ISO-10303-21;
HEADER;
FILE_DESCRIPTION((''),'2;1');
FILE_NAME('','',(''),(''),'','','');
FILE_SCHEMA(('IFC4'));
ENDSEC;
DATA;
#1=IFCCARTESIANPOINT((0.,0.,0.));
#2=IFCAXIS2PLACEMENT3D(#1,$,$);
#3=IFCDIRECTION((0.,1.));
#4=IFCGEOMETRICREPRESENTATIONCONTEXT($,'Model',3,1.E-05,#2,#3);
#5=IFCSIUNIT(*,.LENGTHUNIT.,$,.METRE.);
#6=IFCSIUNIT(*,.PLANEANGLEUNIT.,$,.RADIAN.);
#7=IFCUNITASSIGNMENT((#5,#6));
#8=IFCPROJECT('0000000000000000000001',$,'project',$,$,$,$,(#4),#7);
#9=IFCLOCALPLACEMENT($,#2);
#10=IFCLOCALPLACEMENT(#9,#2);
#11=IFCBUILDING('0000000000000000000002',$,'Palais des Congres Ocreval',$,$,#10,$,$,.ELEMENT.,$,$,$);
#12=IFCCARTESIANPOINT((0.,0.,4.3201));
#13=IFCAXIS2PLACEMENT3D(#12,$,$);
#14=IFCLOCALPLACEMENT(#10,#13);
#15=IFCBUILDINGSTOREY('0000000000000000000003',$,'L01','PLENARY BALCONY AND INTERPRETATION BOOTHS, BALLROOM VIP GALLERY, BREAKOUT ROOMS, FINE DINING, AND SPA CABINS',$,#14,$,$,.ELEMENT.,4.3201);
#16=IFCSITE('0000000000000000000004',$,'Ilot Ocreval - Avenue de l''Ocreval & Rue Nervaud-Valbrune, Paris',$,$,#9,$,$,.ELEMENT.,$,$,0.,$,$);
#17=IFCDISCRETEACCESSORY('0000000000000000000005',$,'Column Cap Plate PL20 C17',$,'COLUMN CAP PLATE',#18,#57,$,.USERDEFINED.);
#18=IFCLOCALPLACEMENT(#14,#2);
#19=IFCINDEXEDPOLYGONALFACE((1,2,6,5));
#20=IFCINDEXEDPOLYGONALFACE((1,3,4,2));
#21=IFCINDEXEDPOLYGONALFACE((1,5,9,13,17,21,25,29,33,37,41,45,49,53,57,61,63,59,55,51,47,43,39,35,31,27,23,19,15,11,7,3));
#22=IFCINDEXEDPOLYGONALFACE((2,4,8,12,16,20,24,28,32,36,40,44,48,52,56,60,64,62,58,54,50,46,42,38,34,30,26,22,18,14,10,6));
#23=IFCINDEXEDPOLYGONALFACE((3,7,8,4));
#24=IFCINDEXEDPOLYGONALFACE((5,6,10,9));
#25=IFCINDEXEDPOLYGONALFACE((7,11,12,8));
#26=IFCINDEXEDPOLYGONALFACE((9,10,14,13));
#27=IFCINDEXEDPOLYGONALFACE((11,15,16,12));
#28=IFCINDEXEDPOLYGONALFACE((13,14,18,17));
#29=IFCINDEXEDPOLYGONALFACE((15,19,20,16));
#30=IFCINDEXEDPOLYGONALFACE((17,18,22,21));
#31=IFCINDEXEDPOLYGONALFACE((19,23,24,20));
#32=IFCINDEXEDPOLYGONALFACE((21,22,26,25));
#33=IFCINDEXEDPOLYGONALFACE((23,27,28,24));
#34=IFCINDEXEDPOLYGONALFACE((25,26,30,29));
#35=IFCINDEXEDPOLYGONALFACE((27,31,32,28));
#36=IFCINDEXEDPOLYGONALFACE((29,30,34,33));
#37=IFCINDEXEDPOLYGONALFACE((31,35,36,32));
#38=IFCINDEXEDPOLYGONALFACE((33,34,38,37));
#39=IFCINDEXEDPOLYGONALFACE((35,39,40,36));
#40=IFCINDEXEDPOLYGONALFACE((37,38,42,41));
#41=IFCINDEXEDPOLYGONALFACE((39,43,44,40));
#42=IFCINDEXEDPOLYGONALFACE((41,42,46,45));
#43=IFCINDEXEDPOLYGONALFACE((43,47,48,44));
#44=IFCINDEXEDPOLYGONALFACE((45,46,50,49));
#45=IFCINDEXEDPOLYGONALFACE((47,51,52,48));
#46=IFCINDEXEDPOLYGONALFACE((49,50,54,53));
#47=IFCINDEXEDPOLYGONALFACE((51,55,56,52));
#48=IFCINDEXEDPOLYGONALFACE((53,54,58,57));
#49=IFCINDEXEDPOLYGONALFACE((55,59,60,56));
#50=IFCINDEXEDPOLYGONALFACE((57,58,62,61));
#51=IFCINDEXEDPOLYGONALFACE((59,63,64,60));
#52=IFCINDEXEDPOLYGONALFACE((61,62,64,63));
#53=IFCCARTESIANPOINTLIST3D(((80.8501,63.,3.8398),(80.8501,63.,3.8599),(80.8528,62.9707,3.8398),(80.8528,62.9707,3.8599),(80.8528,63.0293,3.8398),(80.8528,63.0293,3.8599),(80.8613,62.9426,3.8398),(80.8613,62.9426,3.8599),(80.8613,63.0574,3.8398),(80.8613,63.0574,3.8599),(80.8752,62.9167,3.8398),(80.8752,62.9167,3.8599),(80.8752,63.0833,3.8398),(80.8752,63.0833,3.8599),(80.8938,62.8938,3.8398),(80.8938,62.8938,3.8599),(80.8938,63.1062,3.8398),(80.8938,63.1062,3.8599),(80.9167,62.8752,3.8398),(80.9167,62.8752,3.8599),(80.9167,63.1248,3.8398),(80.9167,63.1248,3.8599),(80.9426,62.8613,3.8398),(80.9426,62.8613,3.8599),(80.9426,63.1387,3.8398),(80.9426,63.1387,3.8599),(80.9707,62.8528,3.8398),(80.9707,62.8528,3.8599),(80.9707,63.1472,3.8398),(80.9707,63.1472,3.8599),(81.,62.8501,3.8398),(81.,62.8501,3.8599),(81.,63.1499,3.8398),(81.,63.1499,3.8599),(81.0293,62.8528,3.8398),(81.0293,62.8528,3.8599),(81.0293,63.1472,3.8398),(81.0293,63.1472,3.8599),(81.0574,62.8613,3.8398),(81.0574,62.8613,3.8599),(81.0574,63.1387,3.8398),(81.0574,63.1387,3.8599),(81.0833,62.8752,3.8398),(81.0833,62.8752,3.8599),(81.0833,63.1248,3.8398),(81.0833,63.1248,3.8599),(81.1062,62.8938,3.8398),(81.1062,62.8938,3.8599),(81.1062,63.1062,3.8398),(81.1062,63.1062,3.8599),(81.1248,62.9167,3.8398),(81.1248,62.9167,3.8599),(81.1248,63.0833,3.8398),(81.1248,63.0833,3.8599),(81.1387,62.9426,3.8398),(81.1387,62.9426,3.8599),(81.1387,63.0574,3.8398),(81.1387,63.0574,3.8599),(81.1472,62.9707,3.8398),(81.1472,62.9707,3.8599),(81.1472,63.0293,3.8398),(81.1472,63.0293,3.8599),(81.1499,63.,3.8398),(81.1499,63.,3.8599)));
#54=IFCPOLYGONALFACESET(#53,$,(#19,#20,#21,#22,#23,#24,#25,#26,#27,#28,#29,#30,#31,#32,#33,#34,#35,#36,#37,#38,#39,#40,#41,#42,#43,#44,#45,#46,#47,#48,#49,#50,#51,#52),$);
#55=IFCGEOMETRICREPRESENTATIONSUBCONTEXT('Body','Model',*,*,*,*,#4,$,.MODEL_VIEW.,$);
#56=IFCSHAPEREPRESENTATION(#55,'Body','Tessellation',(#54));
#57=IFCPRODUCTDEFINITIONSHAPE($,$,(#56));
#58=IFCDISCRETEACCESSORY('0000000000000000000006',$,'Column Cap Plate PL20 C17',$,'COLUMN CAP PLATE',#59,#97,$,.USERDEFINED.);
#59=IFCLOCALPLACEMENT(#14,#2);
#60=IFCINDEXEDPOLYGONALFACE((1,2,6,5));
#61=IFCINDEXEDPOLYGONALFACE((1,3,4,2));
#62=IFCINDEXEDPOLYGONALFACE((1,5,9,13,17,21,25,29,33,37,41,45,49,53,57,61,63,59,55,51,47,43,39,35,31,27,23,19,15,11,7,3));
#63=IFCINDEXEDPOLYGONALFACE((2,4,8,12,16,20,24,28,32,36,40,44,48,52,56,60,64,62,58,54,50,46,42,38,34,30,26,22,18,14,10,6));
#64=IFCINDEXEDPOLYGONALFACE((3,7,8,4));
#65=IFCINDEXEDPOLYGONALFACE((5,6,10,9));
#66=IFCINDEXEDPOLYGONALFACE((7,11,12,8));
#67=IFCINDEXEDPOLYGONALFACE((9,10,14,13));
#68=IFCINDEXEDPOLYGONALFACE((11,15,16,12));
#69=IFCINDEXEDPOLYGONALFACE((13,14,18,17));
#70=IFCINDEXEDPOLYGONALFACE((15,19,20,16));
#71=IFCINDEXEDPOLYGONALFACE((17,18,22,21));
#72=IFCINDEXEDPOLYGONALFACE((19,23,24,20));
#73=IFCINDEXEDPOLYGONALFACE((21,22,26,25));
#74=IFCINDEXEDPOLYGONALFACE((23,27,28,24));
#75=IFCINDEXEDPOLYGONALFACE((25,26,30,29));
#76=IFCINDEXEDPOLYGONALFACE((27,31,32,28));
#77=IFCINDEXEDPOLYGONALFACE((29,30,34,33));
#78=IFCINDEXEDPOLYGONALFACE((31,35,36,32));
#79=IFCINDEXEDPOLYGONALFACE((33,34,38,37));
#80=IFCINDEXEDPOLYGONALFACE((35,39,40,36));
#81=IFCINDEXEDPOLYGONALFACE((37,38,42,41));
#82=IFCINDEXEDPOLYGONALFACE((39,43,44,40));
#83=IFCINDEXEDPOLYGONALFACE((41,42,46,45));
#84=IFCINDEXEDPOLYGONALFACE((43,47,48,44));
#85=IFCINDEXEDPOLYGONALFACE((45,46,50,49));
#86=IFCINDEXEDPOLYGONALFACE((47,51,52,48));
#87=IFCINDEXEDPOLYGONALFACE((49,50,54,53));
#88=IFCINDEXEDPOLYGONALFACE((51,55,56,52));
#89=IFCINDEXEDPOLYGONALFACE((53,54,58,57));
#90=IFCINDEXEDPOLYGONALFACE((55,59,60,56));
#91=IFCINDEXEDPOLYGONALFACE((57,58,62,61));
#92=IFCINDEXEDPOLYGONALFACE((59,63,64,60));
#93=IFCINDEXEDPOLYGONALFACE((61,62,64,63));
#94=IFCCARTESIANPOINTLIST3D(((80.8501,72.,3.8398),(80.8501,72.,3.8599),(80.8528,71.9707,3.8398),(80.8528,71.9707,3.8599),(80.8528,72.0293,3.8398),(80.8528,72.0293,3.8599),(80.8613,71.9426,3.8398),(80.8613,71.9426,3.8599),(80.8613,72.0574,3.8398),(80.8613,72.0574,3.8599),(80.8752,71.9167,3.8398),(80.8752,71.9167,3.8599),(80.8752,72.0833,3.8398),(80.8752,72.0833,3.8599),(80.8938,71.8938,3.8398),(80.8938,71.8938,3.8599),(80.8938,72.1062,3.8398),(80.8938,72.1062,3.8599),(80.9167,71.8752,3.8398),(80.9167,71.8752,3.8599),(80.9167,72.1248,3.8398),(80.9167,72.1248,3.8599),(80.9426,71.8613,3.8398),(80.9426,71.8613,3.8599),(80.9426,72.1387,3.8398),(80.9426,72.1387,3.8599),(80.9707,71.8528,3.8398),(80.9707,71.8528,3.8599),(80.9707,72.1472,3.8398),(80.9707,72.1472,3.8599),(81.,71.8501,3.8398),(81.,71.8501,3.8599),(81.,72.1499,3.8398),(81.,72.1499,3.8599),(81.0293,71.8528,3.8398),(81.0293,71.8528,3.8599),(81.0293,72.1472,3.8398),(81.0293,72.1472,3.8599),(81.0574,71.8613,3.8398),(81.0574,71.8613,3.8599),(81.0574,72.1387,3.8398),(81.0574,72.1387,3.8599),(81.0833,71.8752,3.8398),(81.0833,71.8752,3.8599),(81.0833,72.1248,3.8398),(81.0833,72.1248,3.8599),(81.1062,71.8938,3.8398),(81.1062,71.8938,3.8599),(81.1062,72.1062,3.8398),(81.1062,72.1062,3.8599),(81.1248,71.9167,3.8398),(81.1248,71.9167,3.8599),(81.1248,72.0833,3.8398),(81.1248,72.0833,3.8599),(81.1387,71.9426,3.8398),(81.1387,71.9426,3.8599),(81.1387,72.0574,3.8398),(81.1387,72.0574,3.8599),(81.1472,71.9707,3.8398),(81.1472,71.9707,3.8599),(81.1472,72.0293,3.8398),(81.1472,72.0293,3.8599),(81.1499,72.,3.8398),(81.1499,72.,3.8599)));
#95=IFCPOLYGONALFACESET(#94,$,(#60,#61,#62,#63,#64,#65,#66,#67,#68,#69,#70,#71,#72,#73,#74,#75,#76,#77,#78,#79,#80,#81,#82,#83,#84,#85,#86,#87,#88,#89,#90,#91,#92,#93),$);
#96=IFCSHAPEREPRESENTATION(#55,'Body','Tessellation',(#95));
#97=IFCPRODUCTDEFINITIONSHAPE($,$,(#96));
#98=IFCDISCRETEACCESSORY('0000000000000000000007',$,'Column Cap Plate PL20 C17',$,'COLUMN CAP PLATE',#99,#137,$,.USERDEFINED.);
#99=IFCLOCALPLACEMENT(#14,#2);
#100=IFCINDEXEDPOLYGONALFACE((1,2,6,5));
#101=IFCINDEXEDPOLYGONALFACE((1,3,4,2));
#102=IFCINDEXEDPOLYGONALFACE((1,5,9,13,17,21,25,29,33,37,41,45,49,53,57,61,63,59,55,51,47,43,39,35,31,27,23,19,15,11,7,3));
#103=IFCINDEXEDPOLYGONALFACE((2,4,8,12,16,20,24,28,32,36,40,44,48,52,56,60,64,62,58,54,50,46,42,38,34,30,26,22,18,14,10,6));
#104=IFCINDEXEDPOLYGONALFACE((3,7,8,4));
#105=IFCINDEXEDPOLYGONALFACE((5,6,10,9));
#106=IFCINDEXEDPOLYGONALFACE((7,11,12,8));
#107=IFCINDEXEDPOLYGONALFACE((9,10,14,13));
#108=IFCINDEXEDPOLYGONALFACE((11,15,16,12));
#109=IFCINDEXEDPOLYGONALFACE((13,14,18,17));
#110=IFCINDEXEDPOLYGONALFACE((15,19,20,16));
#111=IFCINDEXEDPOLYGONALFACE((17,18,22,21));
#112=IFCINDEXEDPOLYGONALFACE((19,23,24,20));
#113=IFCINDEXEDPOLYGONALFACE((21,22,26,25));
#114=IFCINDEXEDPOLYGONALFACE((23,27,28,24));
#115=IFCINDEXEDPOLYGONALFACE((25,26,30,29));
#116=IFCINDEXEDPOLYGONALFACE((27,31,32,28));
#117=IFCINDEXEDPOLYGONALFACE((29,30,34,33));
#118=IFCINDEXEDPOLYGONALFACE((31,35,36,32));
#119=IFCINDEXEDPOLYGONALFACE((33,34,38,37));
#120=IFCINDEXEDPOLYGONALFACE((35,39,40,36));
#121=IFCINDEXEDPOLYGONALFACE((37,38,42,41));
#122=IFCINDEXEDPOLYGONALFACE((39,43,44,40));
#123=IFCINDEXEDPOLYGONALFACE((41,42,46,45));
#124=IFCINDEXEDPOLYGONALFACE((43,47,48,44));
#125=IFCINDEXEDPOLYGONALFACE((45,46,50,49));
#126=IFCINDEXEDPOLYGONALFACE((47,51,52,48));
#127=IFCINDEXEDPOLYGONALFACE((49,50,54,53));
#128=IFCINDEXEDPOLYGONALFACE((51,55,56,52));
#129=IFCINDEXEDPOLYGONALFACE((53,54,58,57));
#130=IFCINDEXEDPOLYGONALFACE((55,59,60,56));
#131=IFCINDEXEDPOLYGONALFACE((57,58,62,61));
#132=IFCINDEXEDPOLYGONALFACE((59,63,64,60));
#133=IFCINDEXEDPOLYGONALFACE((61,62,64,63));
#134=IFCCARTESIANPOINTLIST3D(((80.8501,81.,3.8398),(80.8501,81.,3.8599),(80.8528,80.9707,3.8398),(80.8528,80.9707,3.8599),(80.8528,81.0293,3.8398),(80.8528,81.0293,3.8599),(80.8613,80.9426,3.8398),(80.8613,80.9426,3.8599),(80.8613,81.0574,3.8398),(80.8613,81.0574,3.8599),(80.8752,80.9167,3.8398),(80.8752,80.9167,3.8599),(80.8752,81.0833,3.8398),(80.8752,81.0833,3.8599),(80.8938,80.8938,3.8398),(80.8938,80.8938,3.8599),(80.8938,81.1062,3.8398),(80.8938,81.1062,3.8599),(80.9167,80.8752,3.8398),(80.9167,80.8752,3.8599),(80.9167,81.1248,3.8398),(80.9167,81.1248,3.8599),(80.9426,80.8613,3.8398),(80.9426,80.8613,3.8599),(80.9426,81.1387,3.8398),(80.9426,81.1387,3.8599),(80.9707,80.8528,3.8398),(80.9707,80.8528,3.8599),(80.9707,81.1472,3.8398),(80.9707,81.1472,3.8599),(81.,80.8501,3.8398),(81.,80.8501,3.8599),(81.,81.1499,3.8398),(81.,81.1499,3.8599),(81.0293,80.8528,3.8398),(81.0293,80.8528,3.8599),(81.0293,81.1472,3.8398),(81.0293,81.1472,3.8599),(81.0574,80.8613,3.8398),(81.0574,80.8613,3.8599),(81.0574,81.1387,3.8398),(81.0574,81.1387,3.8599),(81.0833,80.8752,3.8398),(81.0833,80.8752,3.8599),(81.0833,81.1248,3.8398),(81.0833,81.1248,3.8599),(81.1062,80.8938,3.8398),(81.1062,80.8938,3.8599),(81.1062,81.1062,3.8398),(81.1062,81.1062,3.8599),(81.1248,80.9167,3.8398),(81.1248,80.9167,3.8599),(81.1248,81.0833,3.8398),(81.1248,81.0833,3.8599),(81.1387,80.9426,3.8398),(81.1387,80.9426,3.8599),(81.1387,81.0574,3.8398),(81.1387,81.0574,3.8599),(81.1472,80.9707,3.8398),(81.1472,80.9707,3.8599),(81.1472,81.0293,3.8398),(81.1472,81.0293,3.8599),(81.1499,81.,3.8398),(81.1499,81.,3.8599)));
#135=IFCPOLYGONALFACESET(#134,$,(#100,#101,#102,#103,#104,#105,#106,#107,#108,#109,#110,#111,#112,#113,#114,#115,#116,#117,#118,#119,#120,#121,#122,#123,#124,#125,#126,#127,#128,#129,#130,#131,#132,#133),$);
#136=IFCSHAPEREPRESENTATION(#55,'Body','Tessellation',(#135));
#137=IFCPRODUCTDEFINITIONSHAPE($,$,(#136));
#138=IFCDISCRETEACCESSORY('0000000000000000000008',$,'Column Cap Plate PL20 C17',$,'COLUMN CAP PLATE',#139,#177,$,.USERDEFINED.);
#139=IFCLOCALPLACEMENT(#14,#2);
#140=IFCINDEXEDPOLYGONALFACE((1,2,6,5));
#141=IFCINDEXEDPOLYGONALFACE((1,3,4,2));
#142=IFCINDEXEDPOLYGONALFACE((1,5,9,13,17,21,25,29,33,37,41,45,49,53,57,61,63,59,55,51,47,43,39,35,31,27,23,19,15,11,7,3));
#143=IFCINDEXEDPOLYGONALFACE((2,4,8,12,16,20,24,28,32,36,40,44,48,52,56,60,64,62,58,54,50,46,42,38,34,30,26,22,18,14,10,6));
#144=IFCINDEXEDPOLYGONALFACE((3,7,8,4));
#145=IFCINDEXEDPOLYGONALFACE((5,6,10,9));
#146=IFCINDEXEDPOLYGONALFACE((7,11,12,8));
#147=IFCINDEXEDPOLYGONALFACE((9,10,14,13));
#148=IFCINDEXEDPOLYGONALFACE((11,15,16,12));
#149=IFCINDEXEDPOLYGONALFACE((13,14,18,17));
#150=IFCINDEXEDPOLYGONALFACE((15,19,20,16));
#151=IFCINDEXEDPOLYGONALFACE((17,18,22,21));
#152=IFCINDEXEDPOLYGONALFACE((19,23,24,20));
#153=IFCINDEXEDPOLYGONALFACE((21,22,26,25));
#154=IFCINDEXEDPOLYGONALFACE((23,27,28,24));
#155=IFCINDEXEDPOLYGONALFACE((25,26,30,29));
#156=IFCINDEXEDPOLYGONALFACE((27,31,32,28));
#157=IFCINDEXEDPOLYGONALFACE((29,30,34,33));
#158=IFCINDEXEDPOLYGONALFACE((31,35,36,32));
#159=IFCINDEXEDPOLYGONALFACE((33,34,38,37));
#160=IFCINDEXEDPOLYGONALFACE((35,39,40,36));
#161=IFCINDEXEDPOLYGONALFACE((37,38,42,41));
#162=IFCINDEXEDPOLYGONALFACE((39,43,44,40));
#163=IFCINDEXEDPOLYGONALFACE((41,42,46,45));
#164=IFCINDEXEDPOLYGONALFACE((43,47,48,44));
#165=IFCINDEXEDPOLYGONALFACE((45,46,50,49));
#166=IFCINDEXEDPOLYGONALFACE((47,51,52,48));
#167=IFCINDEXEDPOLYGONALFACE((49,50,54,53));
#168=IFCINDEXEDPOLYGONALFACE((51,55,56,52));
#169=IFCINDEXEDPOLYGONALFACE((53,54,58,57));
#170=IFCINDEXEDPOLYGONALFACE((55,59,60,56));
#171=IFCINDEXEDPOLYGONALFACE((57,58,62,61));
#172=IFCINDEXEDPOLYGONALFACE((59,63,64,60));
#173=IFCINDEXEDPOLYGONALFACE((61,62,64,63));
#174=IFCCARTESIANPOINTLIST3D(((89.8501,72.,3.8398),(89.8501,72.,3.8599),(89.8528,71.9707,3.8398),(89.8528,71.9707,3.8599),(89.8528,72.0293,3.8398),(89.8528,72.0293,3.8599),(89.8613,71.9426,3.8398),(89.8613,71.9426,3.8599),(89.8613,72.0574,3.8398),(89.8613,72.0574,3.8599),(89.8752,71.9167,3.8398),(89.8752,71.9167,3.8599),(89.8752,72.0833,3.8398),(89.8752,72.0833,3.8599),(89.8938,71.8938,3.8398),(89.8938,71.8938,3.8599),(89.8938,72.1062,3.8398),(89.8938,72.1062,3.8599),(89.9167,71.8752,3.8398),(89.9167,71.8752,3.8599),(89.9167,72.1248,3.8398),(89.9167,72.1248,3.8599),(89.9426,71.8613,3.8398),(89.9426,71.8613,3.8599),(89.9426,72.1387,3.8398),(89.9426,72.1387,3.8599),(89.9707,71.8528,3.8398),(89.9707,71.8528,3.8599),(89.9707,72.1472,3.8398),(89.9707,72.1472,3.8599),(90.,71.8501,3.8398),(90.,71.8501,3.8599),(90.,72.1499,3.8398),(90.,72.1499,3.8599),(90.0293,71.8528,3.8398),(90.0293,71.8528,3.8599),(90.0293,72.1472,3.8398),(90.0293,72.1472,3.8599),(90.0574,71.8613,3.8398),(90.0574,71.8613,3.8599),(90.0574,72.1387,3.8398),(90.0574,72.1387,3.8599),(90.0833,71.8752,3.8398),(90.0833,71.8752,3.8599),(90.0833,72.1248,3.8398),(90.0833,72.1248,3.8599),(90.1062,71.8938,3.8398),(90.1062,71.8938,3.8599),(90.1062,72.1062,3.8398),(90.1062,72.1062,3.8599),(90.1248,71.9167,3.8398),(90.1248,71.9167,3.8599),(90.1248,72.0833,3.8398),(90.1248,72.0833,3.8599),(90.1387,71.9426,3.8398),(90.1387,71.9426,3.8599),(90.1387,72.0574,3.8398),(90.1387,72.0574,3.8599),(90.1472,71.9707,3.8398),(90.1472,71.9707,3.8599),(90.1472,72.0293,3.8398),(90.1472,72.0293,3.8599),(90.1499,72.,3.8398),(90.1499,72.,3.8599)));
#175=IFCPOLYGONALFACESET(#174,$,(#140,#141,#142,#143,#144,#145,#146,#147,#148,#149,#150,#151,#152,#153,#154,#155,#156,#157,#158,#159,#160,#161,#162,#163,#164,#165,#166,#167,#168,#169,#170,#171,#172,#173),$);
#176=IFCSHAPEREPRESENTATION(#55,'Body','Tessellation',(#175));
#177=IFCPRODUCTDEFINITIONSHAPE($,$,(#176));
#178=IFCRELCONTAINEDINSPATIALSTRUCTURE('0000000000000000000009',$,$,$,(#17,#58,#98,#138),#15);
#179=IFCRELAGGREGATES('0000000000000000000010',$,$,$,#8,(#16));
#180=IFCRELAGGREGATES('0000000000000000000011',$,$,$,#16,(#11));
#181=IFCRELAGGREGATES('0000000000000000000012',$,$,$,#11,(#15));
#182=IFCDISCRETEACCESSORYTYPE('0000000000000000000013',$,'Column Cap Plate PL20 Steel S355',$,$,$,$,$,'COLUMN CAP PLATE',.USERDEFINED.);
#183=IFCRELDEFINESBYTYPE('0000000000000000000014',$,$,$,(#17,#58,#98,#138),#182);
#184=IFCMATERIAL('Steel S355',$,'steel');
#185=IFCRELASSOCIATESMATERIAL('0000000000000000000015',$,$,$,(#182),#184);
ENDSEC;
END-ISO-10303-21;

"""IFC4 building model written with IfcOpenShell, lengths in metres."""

from ifc_helpers import new_model, si_unit, direction, frame, origin, place, context, subcontext, project, spatial, polyline, outline, extrude, material, type_object, element, save


model = new_model("IFC4")

# Units and contexts
model_context = context("Model", 3, precision=1e-05, world=origin(), true_north=direction((0.0, 1.0)))
body_context = subcontext(model_context, "Body", "Model", "MODEL_VIEW")
ifc_project = project(units=[si_unit("LENGTHUNIT", "METRE"), si_unit("PLANEANGLEUNIT", "RADIAN")], contexts=[model_context])

# Site, building, storey
site_placement = place(None, origin())
site = spatial("IfcSite", under=ifc_project, at=site_placement, Name="Ilot Ocreval - Avenue de l'Ocreval & Rue Nervaud-Valbrune, Paris", CompositionType="ELEMENT", RefElevation=0.0)
building_placement = place(site_placement, origin())
building = spatial("IfcBuilding", under=site, at=building_placement, Name="Palais des Congres Ocreval", CompositionType="ELEMENT")
storey_placement = place(building_placement, frame((0.0, 0.0, 4.3201)))
storey = spatial("IfcBuildingStorey", under=building, at=storey_placement, Name="L01", Description="PLENARY BALCONY AND INTERPRETATION BOOTHS, BALLROOM VIP GALLERY, BREAKOUT ROOMS, FINE DINING, AND SPA CABINS", CompositionType="ELEMENT", Elevation=4.3201)

# Discrete accessories
ifc_material = material(Name="Steel S355", Category="steel")
discrete_accessory_type = type_object("IfcDiscreteAccessoryType", Name="Column Cap Plate PL20 Steel S355", ElementType="COLUMN CAP PLATE", PredefinedType="USERDEFINED", material=ifc_material)
discrete_accessory_1_placement = place(storey_placement, frame((0.0, 0.0, 3.8398)))
element("IfcDiscreteAccessory", 1, at=discrete_accessory_1_placement, inside=storey, type_object=discrete_accessory_type, Name="Column Cap Plate PL20 C17", ObjectType="COLUMN CAP PLATE", PredefinedType="USERDEFINED", context=body_context, shape_type="SweptSolid", body=[
    extrude(outline(polyline([(81.1499, 63.0), (81.1472, 63.0293), (81.1387, 63.0574), (81.1248, 63.0833), (81.1062, 63.1062), (81.0833, 63.1248), (81.0574, 63.1387), (81.0293, 63.1472), (81.0, 63.1499), (80.9707, 63.1472), (80.9426, 63.1387), (80.9167, 63.1248), (80.8938, 63.1062), (80.8752, 63.0833), (80.8613, 63.0574), (80.8528, 63.0293), (80.8501, 63.0), (80.8528, 62.9707), (80.8613, 62.9426), (80.8752, 62.9167), (80.8938, 62.8938), (80.9167, 62.8752), (80.9426, 62.8613), (80.9707, 62.8528), (81.0, 62.8501), (81.0293, 62.8528), (81.0574, 62.8613), (81.0833, 62.8752), (81.1062, 62.8938), (81.1248, 62.9167), (81.1387, 62.9426), (81.1472, 62.9707), (81.1499, 63.0)])), origin(), (0.0, 0.0, 1.0), 0.02),
])
discrete_accessory_2_placement = place(storey_placement, frame((0.0, 0.0, 3.8398)))
element("IfcDiscreteAccessory", 2, at=discrete_accessory_2_placement, inside=storey, type_object=discrete_accessory_type, Name="Column Cap Plate PL20 C17", ObjectType="COLUMN CAP PLATE", PredefinedType="USERDEFINED", context=body_context, shape_type="SweptSolid", body=[
    extrude(outline(polyline([(81.1499, 72.0), (81.1472, 72.0293), (81.1387, 72.0574), (81.1248, 72.0833), (81.1062, 72.1062), (81.0833, 72.1248), (81.0574, 72.1387), (81.0293, 72.1472), (81.0, 72.1499), (80.9707, 72.1472), (80.9426, 72.1387), (80.9167, 72.1248), (80.8938, 72.1062), (80.8752, 72.0833), (80.8613, 72.0574), (80.8528, 72.0293), (80.8501, 72.0), (80.8528, 71.9707), (80.8613, 71.9426), (80.8752, 71.9167), (80.8938, 71.8938), (80.9167, 71.8752), (80.9426, 71.8613), (80.9707, 71.8528), (81.0, 71.8501), (81.0293, 71.8528), (81.0574, 71.8613), (81.0833, 71.8752), (81.1062, 71.8938), (81.1248, 71.9167), (81.1387, 71.9426), (81.1472, 71.9707), (81.1499, 72.0)])), origin(), (0.0, 0.0, 1.0), 0.02),
])
discrete_accessory_3_placement = place(storey_placement, frame((0.0, 0.0, 3.8398)))
element("IfcDiscreteAccessory", 3, at=discrete_accessory_3_placement, inside=storey, type_object=discrete_accessory_type, Name="Column Cap Plate PL20 C17", ObjectType="COLUMN CAP PLATE", PredefinedType="USERDEFINED", context=body_context, shape_type="SweptSolid", body=[
    extrude(outline(polyline([(81.1499, 81.0), (81.1472, 81.0293), (81.1387, 81.0574), (81.1248, 81.0833), (81.1062, 81.1062), (81.0833, 81.1248), (81.0574, 81.1387), (81.0293, 81.1472), (81.0, 81.1499), (80.9707, 81.1472), (80.9426, 81.1387), (80.9167, 81.1248), (80.8938, 81.1062), (80.8752, 81.0833), (80.8613, 81.0574), (80.8528, 81.0293), (80.8501, 81.0), (80.8528, 80.9707), (80.8613, 80.9426), (80.8752, 80.9167), (80.8938, 80.8938), (80.9167, 80.8752), (80.9426, 80.8613), (80.9707, 80.8528), (81.0, 80.8501), (81.0293, 80.8528), (81.0574, 80.8613), (81.0833, 80.8752), (81.1062, 80.8938), (81.1248, 80.9167), (81.1387, 80.9426), (81.1472, 80.9707), (81.1499, 81.0)])), origin(), (0.0, 0.0, 1.0), 0.02),
])
discrete_accessory_4_placement = place(storey_placement, frame((0.0, 0.0, 3.8398)))
element("IfcDiscreteAccessory", 4, at=discrete_accessory_4_placement, inside=storey, type_object=discrete_accessory_type, Name="Column Cap Plate PL20 C17", ObjectType="COLUMN CAP PLATE", PredefinedType="USERDEFINED", context=body_context, shape_type="SweptSolid", body=[
    extrude(outline(polyline([(90.1499, 72.0), (90.1472, 72.0293), (90.1387, 72.0574), (90.1248, 72.0833), (90.1062, 72.1062), (90.0833, 72.1248), (90.0574, 72.1387), (90.0293, 72.1472), (90.0, 72.1499), (89.9707, 72.1472), (89.9426, 72.1387), (89.9167, 72.1248), (89.8938, 72.1062), (89.8752, 72.0833), (89.8613, 72.0574), (89.8528, 72.0293), (89.8501, 72.0), (89.8528, 71.9707), (89.8613, 71.9426), (89.8752, 71.9167), (89.8938, 71.8938), (89.9167, 71.8752), (89.9426, 71.8613), (89.9707, 71.8528), (90.0, 71.8501), (90.0293, 71.8528), (90.0574, 71.8613), (90.0833, 71.8752), (90.1062, 71.8938), (90.1248, 71.9167), (90.1387, 71.9426), (90.1472, 71.9707), (90.1499, 72.0)])), origin(), (0.0, 0.0, 1.0), 0.02),
])

save(model, "model.ifc")
